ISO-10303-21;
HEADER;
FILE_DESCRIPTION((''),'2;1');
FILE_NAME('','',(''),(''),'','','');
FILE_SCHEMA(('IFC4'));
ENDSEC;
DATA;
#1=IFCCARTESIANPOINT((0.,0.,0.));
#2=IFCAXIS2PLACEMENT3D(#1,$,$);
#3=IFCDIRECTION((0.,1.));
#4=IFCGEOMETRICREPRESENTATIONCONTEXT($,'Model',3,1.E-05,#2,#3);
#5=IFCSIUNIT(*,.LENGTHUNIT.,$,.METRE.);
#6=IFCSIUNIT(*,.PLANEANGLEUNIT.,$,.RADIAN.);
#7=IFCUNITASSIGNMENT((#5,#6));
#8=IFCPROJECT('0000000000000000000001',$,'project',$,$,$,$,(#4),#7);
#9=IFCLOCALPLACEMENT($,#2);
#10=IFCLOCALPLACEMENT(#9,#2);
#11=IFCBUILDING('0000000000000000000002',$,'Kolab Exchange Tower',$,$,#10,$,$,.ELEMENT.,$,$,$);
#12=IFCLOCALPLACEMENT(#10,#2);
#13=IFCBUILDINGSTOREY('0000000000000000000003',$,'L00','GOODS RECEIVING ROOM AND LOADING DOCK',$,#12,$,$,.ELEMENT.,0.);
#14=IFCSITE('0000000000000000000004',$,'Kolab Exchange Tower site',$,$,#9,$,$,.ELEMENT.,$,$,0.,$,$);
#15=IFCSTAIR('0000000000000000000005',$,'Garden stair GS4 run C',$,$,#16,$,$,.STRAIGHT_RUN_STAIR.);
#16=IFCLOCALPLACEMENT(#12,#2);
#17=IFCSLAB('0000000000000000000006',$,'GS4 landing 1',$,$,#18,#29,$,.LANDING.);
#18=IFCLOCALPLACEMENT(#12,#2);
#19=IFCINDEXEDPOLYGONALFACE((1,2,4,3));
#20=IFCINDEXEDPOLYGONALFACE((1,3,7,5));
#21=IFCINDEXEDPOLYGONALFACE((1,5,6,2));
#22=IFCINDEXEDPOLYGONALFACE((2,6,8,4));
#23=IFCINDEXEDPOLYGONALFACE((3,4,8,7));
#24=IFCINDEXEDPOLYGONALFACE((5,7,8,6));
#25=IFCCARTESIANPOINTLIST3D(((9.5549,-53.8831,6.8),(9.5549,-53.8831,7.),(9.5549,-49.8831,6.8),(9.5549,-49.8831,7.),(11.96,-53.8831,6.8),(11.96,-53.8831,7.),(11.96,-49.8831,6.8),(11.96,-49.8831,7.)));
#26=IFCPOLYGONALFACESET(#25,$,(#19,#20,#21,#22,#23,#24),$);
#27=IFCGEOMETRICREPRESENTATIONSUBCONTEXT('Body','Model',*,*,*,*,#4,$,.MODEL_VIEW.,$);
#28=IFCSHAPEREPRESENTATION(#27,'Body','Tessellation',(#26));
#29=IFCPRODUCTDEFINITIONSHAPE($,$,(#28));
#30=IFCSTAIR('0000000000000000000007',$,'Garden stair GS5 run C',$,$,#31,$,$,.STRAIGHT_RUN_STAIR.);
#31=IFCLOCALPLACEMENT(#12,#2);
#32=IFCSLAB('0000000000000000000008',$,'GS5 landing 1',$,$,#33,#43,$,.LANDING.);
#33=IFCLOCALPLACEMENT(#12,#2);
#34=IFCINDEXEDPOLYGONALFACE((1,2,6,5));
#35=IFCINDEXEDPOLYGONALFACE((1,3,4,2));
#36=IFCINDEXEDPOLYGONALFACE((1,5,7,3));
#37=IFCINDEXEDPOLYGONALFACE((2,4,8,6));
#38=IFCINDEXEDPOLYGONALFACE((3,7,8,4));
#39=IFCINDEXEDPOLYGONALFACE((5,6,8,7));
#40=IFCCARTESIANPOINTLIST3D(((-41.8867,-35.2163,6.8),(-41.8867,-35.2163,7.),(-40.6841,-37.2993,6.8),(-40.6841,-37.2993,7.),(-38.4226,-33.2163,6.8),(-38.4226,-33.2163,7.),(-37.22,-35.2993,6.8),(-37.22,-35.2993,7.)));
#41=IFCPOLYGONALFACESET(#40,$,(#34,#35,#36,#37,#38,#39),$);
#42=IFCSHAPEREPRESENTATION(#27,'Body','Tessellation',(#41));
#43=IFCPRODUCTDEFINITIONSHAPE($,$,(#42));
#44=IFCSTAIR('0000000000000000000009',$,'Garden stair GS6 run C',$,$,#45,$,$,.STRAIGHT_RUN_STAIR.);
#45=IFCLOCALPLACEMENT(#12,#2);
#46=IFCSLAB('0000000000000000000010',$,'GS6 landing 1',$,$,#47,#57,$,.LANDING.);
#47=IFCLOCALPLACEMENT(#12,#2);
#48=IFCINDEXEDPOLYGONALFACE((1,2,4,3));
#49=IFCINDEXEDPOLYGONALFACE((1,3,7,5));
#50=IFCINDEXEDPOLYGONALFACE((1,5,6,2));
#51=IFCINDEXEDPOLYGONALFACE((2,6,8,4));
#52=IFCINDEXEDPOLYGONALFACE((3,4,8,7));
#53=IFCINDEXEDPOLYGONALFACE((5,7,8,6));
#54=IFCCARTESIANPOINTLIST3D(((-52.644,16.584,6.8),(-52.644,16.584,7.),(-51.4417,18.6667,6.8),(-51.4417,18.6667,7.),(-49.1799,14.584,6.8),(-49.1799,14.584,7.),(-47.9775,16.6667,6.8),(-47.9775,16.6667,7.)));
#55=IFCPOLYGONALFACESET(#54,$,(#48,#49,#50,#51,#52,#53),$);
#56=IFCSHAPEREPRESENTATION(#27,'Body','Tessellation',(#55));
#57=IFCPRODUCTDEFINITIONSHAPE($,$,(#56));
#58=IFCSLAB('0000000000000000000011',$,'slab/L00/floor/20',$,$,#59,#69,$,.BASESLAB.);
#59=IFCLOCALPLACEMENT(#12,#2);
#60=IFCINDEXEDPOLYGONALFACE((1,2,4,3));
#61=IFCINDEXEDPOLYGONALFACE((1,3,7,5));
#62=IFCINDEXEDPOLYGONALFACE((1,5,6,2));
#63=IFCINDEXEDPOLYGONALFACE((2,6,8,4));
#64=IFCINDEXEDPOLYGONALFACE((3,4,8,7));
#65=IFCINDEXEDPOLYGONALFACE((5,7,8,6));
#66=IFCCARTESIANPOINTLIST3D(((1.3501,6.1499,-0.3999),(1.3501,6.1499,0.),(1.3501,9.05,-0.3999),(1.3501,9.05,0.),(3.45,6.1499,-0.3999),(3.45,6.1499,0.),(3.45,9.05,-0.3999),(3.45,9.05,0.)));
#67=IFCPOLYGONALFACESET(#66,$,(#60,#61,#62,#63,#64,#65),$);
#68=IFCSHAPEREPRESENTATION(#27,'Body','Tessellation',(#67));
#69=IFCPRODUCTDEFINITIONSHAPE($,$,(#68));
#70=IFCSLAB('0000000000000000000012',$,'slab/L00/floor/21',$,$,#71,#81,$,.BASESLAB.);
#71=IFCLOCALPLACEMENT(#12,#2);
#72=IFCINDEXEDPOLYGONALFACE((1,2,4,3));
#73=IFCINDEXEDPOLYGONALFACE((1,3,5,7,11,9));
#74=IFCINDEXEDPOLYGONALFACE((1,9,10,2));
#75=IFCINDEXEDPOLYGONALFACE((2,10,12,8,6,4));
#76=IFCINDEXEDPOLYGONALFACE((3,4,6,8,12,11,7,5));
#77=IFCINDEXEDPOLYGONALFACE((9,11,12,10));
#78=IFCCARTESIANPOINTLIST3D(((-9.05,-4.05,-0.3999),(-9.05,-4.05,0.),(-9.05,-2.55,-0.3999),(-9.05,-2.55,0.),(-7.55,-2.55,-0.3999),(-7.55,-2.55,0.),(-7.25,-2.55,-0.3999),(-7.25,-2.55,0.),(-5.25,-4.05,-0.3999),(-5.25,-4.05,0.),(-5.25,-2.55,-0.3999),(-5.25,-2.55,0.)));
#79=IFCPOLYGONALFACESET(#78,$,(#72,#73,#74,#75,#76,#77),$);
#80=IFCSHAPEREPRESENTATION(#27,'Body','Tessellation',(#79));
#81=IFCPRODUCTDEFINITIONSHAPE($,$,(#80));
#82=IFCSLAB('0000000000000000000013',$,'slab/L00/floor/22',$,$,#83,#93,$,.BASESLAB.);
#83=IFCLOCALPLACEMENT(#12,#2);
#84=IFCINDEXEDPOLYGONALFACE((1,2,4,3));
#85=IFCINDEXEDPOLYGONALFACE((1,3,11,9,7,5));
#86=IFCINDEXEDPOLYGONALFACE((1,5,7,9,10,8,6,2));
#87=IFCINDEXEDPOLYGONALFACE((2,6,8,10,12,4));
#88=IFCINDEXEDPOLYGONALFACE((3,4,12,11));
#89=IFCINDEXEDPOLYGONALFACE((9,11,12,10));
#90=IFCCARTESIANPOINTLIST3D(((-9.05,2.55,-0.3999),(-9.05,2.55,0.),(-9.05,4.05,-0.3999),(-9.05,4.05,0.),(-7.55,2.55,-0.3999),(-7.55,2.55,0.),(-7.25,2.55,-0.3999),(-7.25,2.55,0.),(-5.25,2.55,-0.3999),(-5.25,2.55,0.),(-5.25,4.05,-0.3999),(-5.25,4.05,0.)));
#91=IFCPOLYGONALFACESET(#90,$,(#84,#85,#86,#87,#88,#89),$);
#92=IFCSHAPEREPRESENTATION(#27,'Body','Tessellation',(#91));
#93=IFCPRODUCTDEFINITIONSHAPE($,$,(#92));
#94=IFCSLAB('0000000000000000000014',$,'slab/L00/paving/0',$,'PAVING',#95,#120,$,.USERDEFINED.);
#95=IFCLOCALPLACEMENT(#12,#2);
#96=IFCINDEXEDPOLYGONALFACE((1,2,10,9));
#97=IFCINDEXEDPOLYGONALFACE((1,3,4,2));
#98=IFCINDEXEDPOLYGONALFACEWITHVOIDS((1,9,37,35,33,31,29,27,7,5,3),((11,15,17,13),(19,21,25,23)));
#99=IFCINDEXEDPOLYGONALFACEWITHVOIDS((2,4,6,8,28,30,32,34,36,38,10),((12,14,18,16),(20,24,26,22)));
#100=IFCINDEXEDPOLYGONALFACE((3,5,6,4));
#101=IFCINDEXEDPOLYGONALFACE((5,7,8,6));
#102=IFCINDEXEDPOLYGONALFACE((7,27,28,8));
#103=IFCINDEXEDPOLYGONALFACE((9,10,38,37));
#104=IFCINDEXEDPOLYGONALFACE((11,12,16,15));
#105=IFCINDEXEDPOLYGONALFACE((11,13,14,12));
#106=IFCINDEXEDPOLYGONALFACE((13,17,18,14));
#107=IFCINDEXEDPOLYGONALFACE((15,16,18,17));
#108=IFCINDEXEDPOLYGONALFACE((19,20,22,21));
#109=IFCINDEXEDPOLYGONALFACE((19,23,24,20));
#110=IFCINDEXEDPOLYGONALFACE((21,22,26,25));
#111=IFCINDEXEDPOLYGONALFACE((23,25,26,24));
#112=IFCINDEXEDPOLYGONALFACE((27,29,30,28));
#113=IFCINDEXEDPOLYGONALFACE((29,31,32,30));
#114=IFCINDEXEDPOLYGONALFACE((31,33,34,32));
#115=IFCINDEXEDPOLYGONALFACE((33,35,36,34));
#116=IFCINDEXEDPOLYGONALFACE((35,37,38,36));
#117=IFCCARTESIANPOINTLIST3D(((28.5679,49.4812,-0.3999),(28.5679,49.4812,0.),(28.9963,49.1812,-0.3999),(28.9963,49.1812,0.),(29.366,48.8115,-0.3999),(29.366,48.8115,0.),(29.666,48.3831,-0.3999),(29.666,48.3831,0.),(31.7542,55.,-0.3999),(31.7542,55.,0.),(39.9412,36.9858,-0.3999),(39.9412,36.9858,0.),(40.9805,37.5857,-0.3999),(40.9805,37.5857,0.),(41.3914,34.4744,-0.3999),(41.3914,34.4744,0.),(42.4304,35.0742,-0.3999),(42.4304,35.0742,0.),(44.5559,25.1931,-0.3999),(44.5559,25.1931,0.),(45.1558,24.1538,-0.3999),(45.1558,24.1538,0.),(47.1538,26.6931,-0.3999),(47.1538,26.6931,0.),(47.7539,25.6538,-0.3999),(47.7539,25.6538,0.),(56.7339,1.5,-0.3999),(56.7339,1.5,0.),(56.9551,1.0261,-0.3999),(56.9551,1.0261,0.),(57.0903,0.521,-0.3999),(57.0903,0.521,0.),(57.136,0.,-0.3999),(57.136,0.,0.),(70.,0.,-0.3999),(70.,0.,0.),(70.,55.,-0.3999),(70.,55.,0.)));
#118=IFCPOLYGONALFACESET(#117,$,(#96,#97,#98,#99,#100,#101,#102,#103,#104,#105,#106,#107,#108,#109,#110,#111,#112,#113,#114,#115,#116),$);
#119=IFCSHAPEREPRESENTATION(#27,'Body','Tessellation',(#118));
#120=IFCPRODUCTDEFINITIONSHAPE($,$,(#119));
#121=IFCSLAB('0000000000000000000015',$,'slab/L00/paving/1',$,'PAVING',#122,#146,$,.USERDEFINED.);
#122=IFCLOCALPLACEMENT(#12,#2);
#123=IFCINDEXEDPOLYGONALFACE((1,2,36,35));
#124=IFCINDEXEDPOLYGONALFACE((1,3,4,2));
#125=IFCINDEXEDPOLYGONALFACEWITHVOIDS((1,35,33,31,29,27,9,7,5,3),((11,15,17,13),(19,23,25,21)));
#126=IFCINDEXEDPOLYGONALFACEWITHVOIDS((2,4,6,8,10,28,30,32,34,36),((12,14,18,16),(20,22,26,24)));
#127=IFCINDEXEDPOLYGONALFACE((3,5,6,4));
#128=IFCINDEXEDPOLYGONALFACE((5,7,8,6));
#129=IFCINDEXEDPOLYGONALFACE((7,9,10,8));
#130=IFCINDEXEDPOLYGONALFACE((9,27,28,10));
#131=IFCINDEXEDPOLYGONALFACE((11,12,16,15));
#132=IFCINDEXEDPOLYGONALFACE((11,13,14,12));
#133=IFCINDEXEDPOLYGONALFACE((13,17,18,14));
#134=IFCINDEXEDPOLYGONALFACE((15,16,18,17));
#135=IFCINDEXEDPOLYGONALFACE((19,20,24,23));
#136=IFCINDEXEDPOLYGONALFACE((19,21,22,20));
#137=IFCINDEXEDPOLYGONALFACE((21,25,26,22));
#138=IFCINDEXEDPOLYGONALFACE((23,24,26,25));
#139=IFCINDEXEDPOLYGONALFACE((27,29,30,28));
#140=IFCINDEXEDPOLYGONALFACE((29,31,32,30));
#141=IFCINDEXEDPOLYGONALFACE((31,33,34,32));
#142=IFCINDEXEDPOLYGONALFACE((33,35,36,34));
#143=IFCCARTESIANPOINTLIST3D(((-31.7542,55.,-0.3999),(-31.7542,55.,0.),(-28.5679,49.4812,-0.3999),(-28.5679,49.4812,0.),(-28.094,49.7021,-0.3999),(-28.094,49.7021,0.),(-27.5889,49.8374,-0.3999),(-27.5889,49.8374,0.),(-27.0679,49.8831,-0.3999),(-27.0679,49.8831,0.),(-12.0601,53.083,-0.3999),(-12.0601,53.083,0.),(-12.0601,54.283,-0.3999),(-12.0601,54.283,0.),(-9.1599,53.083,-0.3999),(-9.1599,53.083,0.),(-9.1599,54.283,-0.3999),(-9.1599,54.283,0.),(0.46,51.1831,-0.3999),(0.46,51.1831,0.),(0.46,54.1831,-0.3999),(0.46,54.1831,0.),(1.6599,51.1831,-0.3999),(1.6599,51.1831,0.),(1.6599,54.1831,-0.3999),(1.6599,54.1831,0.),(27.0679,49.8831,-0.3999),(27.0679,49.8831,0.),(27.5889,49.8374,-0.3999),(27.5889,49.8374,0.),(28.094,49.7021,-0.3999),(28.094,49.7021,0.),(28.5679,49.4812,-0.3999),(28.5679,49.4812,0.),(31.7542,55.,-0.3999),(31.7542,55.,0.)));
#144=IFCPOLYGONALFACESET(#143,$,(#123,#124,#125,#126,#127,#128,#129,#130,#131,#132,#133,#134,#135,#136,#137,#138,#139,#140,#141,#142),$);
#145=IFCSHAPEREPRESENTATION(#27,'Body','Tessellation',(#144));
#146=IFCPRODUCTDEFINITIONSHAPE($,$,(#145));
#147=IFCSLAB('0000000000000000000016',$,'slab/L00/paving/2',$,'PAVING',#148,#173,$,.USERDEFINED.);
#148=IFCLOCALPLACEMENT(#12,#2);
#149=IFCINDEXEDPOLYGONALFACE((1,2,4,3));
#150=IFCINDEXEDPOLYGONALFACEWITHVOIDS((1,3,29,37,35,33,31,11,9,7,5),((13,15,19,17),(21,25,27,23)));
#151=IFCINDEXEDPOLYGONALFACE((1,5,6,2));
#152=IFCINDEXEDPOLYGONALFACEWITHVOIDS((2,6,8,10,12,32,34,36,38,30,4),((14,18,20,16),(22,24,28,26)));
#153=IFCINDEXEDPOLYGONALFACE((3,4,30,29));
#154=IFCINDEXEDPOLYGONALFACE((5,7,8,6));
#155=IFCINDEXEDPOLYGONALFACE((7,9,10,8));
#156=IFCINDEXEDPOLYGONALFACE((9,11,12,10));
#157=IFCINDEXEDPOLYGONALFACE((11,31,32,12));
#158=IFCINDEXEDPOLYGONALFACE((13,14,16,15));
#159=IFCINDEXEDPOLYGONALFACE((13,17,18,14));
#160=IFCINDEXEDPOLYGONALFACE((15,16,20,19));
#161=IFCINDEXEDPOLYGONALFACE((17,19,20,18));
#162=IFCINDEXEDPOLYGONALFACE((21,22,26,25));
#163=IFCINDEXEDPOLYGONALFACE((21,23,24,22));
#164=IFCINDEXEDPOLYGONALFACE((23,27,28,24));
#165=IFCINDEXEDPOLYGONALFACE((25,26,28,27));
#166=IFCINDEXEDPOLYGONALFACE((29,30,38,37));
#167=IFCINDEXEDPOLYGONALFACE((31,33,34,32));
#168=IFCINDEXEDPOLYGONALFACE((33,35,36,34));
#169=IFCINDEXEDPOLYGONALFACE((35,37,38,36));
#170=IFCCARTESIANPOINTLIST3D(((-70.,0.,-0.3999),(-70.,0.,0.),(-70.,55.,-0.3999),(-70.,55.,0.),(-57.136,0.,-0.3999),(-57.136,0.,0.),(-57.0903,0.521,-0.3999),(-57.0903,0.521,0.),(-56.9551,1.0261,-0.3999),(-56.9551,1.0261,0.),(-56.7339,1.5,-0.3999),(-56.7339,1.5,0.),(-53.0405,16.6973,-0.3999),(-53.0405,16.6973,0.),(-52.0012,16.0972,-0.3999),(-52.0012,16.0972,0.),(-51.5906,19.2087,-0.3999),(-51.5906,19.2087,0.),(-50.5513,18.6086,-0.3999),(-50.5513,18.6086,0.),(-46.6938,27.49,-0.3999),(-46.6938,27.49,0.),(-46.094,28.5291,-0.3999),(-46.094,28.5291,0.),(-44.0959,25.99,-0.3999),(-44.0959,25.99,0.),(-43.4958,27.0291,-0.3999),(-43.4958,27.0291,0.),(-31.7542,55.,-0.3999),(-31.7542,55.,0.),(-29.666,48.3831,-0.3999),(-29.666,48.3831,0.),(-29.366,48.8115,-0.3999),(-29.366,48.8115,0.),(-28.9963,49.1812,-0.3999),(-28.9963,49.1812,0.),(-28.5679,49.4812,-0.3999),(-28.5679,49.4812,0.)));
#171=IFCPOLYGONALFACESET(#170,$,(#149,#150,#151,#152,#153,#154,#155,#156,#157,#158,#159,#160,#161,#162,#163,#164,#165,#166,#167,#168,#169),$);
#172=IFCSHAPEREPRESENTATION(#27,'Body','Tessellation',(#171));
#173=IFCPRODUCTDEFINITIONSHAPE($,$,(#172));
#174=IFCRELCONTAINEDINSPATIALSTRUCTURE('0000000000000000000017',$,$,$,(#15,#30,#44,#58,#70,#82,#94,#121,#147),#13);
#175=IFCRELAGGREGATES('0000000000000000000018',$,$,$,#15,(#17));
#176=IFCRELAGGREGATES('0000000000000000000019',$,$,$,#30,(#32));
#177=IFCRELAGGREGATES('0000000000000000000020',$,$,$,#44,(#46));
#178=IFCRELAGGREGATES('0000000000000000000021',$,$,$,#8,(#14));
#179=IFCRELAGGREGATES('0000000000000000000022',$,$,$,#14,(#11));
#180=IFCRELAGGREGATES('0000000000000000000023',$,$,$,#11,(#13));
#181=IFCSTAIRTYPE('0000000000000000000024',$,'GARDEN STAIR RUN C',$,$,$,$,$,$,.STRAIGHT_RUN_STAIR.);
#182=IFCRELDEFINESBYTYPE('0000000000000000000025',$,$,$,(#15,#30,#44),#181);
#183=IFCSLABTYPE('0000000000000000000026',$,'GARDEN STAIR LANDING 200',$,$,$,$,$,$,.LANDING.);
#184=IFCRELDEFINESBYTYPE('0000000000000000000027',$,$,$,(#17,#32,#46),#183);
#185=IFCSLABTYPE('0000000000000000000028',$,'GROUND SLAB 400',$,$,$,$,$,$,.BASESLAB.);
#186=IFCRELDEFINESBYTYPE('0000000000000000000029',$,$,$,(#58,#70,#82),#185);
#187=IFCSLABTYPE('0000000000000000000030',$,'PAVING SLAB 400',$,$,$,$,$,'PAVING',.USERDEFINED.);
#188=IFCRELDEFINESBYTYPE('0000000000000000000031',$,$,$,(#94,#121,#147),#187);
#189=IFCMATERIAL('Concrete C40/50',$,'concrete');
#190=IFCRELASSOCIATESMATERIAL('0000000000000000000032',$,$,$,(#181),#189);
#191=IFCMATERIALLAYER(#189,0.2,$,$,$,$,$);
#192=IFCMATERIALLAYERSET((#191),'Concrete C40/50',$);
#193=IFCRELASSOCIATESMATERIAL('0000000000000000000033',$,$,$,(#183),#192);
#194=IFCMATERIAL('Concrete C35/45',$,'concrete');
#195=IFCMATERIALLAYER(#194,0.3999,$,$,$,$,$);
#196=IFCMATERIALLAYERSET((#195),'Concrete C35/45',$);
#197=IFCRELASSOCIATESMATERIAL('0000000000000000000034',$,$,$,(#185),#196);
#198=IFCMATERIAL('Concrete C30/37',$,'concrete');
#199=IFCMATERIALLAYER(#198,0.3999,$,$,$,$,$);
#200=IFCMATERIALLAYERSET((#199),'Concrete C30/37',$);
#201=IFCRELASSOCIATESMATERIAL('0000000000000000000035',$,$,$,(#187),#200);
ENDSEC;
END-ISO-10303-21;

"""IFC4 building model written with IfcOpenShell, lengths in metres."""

from ifc_helpers import new_model, si_unit, direction, frame, origin, place, context, subcontext, project, spatial, polyline, outline, extrude, material, layer, layer_set, type_object, element, aggregate, save


model = new_model("IFC4")

# Units and contexts
model_context = context("Model", 3, precision=1e-05, world=origin(), true_north=direction((0.0, 1.0)))
body_context = subcontext(model_context, "Body", "Model", "MODEL_VIEW")
ifc_project = project(units=[si_unit("LENGTHUNIT", "METRE"), si_unit("PLANEANGLEUNIT", "RADIAN")], contexts=[model_context])

# Site, building, storey
site_placement = place(None, origin())
site = spatial("IfcSite", under=ifc_project, at=site_placement, Name="Kolab Exchange Tower site", CompositionType="ELEMENT", RefElevation=0.0)
building_placement = place(site_placement, origin())
building = spatial("IfcBuilding", under=site, at=building_placement, Name="Kolab Exchange Tower", CompositionType="ELEMENT")
storey_placement = place(building_placement, origin())
storey = spatial("IfcBuildingStorey", under=building, at=storey_placement, Name="L00", Description="GOODS RECEIVING ROOM AND LOADING DOCK", CompositionType="ELEMENT", Elevation=0.0)

# Shared definitions
ifc_material_1 = material(Name="Concrete C35/45", Category="concrete")

# Stairs, slabs
ifc_material_2 = material(Name="Concrete C40/50", Category="concrete")
stair_type = type_object("IfcStairType", Name="GARDEN STAIR RUN C", PredefinedType="STRAIGHT_RUN_STAIR", material=ifc_material_2)
ifc_layer_1 = layer(ifc_material_2, 0.2)
ifc_layer_set_1 = layer_set([ifc_layer_1], Name="Concrete C40/50")
slab_type_1 = type_object("IfcSlabType", Name="GARDEN STAIR LANDING 200", PredefinedType="LANDING", material=ifc_layer_set_1)
stair_1_placement = place(storey_placement, origin())
stair_1 = element("IfcStair", 1, at=stair_1_placement, inside=storey, type_object=stair_type, Name="Garden stair GS4 run C", PredefinedType="STRAIGHT_RUN_STAIR")
slab_1_placement = place(storey_placement, frame((0.0, 0.0, 6.8)))
slab_1 = element("IfcSlab", 2, at=slab_1_placement, type_object=slab_type_1, Name="GS4 landing 1", PredefinedType="LANDING", context=body_context, shape_type="SweptSolid", body=[
    extrude(outline(polyline([(11.96, -49.8831), (9.5549, -49.8831), (9.5549, -53.8831), (11.96, -53.8831), (11.96, -49.8831)])), origin(), (0.0, 0.0, 1.0), 0.2),
])
aggregate(stair_1, [slab_1])
stair_2_placement = place(storey_placement, origin())
stair_2 = element("IfcStair", 3, at=stair_2_placement, inside=storey, type_object=stair_type, Name="Garden stair GS5 run C", PredefinedType="STRAIGHT_RUN_STAIR")
slab_2_placement = place(storey_placement, frame((0.0, 0.0, 6.8)))
slab_2 = element("IfcSlab", 4, at=slab_2_placement, type_object=slab_type_1, Name="GS5 landing 1", PredefinedType="LANDING", context=body_context, shape_type="SweptSolid", body=[
    extrude(outline(polyline([(-37.22, -35.2993), (-38.4226, -33.2163), (-41.8867, -35.2163), (-40.6841, -37.2993), (-37.22, -35.2993)])), origin(), (0.0, 0.0, 1.0), 0.2),
])
aggregate(stair_2, [slab_2])
stair_3_placement = place(storey_placement, origin())
stair_3 = element("IfcStair", 5, at=stair_3_placement, inside=storey, type_object=stair_type, Name="Garden stair GS6 run C", PredefinedType="STRAIGHT_RUN_STAIR")
slab_3_placement = place(storey_placement, frame((0.0, 0.0, 6.8)))
slab_3 = element("IfcSlab", 6, at=slab_3_placement, type_object=slab_type_1, Name="GS6 landing 1", PredefinedType="LANDING", context=body_context, shape_type="SweptSolid", body=[
    extrude(outline(polyline([(-49.1799, 14.584), (-47.9775, 16.6667), (-51.4417, 18.6667), (-52.644, 16.584), (-49.1799, 14.584)])), origin(), (0.0, 0.0, 1.0), 0.2),
])
aggregate(stair_3, [slab_3])

# Slabs
ifc_layer_2 = layer(ifc_material_1, 0.3999)
ifc_layer_set_2 = layer_set([ifc_layer_2], Name="Concrete C35/45")
slab_type_2 = type_object("IfcSlabType", Name="GROUND SLAB 400", PredefinedType="BASESLAB", material=ifc_layer_set_2)
slab_4_placement = place(storey_placement, frame((0.0, 0.0, -0.3999)))
element("IfcSlab", 7, at=slab_4_placement, inside=storey, type_object=slab_type_2, Name="slab/L00/floor/20", PredefinedType="BASESLAB", context=body_context, shape_type="SweptSolid", body=[
    extrude(outline(polyline([(1.3501, 6.1499), (3.45, 6.1499), (3.45, 9.05), (1.3501, 9.05), (1.3501, 6.1499)])), origin(), (0.0, 0.0, 1.0), 0.3999),
])
slab_5_placement = place(storey_placement, frame((0.0, 0.0, -0.3999)))
element("IfcSlab", 8, at=slab_5_placement, inside=storey, type_object=slab_type_2, Name="slab/L00/floor/21", PredefinedType="BASESLAB", context=body_context, shape_type="SweptSolid", body=[
    extrude(outline(polyline([(-7.55, -2.55), (-9.05, -2.55), (-9.05, -4.05), (-5.25, -4.05), (-5.25, -2.55), (-7.25, -2.55), (-7.55, -2.55)])), origin(), (0.0, 0.0, 1.0), 0.3999),
])
slab_6_placement = place(storey_placement, frame((0.0, 0.0, -0.3999)))
element("IfcSlab", 9, at=slab_6_placement, inside=storey, type_object=slab_type_2, Name="slab/L00/floor/22", PredefinedType="BASESLAB", context=body_context, shape_type="SweptSolid", body=[
    extrude(outline(polyline([(-5.25, 4.05), (-9.05, 4.05), (-9.05, 2.55), (-7.55, 2.55), (-7.25, 2.55), (-5.25, 2.55), (-5.25, 4.05)])), origin(), (0.0, 0.0, 1.0), 0.3999),
])
ifc_material_3 = material(Name="Concrete C30/37", Category="concrete")
ifc_layer_3 = layer(ifc_material_3, 0.3999)
ifc_layer_set_3 = layer_set([ifc_layer_3], Name="Concrete C30/37")
slab_type_3 = type_object("IfcSlabType", Name="PAVING SLAB 400", ElementType="PAVING", PredefinedType="USERDEFINED", material=ifc_layer_set_3)
slab_7_placement = place(storey_placement, frame((0.0, 0.0, -0.3999)))
element("IfcSlab", 10, at=slab_7_placement, inside=storey, type_object=slab_type_3, Name="slab/L00/paving/0", ObjectType="PAVING", PredefinedType="USERDEFINED", context=body_context, shape_type="SweptSolid", body=[
    extrude(outline(polyline([(70.0, 55.0), (31.7542, 55.0), (28.5679, 49.4812), (28.9963, 49.1812), (29.366, 48.8115), (29.666, 48.3831), (56.7339, 1.5), (56.9551, 1.0261), (57.0903, 0.521), (57.136, 0.0), (70.0, 0.0), (70.0, 55.0)]), holes=[polyline([(47.7539, 25.6538), (45.1558, 24.1538), (44.5559, 25.1931), (47.1538, 26.6931), (47.7539, 25.6538)]), polyline([(40.9805, 37.5857), (42.4304, 35.0742), (41.3914, 34.4744), (39.9412, 36.9858), (40.9805, 37.5857)])]), origin(), (0.0, 0.0, 1.0), 0.3999),
])
slab_8_placement = place(storey_placement, frame((0.0, 0.0, -0.3999)))
element("IfcSlab", 11, at=slab_8_placement, inside=storey, type_object=slab_type_3, Name="slab/L00/paving/1", ObjectType="PAVING", PredefinedType="USERDEFINED", context=body_context, shape_type="SweptSolid", body=[
    extrude(outline(polyline([(31.7542, 55.0), (-31.7542, 55.0), (-28.5679, 49.4812), (-28.094, 49.7021), (-27.5889, 49.8374), (-27.0679, 49.8831), (27.0679, 49.8831), (27.5889, 49.8374), (28.094, 49.7021), (28.5679, 49.4812), (31.7542, 55.0)]), holes=[polyline([(-12.0601, 54.283), (-9.1599, 54.283), (-9.1599, 53.083), (-12.0601, 53.083), (-12.0601, 54.283)]), polyline([(1.6599, 51.1831), (0.46, 51.1831), (0.46, 54.1831), (1.6599, 54.1831), (1.6599, 51.1831)])]), origin(), (0.0, 0.0, 1.0), 0.3999),
])
slab_9_placement = place(storey_placement, frame((0.0, 0.0, -0.3999)))
element("IfcSlab", 12, at=slab_9_placement, inside=storey, type_object=slab_type_3, Name="slab/L00/paving/2", ObjectType="PAVING", PredefinedType="USERDEFINED", context=body_context, shape_type="SweptSolid", body=[
    extrude(outline(polyline([(-70.0, 55.0), (-70.0, 0.0), (-57.136, 0.0), (-57.0903, 0.521), (-56.9551, 1.0261), (-56.7339, 1.5), (-29.666, 48.3831), (-29.366, 48.8115), (-28.9963, 49.1812), (-28.5679, 49.4812), (-31.7542, 55.0), (-70.0, 55.0)]), holes=[polyline([(-52.0012, 16.0972), (-53.0405, 16.6973), (-51.5906, 19.2087), (-50.5513, 18.6086), (-52.0012, 16.0972)]), polyline([(-43.4958, 27.0291), (-44.0959, 25.99), (-46.6938, 27.49), (-46.094, 28.5291), (-43.4958, 27.0291)])]), origin(), (0.0, 0.0, 1.0), 0.3999),
])

save(model, "model.ifc")
